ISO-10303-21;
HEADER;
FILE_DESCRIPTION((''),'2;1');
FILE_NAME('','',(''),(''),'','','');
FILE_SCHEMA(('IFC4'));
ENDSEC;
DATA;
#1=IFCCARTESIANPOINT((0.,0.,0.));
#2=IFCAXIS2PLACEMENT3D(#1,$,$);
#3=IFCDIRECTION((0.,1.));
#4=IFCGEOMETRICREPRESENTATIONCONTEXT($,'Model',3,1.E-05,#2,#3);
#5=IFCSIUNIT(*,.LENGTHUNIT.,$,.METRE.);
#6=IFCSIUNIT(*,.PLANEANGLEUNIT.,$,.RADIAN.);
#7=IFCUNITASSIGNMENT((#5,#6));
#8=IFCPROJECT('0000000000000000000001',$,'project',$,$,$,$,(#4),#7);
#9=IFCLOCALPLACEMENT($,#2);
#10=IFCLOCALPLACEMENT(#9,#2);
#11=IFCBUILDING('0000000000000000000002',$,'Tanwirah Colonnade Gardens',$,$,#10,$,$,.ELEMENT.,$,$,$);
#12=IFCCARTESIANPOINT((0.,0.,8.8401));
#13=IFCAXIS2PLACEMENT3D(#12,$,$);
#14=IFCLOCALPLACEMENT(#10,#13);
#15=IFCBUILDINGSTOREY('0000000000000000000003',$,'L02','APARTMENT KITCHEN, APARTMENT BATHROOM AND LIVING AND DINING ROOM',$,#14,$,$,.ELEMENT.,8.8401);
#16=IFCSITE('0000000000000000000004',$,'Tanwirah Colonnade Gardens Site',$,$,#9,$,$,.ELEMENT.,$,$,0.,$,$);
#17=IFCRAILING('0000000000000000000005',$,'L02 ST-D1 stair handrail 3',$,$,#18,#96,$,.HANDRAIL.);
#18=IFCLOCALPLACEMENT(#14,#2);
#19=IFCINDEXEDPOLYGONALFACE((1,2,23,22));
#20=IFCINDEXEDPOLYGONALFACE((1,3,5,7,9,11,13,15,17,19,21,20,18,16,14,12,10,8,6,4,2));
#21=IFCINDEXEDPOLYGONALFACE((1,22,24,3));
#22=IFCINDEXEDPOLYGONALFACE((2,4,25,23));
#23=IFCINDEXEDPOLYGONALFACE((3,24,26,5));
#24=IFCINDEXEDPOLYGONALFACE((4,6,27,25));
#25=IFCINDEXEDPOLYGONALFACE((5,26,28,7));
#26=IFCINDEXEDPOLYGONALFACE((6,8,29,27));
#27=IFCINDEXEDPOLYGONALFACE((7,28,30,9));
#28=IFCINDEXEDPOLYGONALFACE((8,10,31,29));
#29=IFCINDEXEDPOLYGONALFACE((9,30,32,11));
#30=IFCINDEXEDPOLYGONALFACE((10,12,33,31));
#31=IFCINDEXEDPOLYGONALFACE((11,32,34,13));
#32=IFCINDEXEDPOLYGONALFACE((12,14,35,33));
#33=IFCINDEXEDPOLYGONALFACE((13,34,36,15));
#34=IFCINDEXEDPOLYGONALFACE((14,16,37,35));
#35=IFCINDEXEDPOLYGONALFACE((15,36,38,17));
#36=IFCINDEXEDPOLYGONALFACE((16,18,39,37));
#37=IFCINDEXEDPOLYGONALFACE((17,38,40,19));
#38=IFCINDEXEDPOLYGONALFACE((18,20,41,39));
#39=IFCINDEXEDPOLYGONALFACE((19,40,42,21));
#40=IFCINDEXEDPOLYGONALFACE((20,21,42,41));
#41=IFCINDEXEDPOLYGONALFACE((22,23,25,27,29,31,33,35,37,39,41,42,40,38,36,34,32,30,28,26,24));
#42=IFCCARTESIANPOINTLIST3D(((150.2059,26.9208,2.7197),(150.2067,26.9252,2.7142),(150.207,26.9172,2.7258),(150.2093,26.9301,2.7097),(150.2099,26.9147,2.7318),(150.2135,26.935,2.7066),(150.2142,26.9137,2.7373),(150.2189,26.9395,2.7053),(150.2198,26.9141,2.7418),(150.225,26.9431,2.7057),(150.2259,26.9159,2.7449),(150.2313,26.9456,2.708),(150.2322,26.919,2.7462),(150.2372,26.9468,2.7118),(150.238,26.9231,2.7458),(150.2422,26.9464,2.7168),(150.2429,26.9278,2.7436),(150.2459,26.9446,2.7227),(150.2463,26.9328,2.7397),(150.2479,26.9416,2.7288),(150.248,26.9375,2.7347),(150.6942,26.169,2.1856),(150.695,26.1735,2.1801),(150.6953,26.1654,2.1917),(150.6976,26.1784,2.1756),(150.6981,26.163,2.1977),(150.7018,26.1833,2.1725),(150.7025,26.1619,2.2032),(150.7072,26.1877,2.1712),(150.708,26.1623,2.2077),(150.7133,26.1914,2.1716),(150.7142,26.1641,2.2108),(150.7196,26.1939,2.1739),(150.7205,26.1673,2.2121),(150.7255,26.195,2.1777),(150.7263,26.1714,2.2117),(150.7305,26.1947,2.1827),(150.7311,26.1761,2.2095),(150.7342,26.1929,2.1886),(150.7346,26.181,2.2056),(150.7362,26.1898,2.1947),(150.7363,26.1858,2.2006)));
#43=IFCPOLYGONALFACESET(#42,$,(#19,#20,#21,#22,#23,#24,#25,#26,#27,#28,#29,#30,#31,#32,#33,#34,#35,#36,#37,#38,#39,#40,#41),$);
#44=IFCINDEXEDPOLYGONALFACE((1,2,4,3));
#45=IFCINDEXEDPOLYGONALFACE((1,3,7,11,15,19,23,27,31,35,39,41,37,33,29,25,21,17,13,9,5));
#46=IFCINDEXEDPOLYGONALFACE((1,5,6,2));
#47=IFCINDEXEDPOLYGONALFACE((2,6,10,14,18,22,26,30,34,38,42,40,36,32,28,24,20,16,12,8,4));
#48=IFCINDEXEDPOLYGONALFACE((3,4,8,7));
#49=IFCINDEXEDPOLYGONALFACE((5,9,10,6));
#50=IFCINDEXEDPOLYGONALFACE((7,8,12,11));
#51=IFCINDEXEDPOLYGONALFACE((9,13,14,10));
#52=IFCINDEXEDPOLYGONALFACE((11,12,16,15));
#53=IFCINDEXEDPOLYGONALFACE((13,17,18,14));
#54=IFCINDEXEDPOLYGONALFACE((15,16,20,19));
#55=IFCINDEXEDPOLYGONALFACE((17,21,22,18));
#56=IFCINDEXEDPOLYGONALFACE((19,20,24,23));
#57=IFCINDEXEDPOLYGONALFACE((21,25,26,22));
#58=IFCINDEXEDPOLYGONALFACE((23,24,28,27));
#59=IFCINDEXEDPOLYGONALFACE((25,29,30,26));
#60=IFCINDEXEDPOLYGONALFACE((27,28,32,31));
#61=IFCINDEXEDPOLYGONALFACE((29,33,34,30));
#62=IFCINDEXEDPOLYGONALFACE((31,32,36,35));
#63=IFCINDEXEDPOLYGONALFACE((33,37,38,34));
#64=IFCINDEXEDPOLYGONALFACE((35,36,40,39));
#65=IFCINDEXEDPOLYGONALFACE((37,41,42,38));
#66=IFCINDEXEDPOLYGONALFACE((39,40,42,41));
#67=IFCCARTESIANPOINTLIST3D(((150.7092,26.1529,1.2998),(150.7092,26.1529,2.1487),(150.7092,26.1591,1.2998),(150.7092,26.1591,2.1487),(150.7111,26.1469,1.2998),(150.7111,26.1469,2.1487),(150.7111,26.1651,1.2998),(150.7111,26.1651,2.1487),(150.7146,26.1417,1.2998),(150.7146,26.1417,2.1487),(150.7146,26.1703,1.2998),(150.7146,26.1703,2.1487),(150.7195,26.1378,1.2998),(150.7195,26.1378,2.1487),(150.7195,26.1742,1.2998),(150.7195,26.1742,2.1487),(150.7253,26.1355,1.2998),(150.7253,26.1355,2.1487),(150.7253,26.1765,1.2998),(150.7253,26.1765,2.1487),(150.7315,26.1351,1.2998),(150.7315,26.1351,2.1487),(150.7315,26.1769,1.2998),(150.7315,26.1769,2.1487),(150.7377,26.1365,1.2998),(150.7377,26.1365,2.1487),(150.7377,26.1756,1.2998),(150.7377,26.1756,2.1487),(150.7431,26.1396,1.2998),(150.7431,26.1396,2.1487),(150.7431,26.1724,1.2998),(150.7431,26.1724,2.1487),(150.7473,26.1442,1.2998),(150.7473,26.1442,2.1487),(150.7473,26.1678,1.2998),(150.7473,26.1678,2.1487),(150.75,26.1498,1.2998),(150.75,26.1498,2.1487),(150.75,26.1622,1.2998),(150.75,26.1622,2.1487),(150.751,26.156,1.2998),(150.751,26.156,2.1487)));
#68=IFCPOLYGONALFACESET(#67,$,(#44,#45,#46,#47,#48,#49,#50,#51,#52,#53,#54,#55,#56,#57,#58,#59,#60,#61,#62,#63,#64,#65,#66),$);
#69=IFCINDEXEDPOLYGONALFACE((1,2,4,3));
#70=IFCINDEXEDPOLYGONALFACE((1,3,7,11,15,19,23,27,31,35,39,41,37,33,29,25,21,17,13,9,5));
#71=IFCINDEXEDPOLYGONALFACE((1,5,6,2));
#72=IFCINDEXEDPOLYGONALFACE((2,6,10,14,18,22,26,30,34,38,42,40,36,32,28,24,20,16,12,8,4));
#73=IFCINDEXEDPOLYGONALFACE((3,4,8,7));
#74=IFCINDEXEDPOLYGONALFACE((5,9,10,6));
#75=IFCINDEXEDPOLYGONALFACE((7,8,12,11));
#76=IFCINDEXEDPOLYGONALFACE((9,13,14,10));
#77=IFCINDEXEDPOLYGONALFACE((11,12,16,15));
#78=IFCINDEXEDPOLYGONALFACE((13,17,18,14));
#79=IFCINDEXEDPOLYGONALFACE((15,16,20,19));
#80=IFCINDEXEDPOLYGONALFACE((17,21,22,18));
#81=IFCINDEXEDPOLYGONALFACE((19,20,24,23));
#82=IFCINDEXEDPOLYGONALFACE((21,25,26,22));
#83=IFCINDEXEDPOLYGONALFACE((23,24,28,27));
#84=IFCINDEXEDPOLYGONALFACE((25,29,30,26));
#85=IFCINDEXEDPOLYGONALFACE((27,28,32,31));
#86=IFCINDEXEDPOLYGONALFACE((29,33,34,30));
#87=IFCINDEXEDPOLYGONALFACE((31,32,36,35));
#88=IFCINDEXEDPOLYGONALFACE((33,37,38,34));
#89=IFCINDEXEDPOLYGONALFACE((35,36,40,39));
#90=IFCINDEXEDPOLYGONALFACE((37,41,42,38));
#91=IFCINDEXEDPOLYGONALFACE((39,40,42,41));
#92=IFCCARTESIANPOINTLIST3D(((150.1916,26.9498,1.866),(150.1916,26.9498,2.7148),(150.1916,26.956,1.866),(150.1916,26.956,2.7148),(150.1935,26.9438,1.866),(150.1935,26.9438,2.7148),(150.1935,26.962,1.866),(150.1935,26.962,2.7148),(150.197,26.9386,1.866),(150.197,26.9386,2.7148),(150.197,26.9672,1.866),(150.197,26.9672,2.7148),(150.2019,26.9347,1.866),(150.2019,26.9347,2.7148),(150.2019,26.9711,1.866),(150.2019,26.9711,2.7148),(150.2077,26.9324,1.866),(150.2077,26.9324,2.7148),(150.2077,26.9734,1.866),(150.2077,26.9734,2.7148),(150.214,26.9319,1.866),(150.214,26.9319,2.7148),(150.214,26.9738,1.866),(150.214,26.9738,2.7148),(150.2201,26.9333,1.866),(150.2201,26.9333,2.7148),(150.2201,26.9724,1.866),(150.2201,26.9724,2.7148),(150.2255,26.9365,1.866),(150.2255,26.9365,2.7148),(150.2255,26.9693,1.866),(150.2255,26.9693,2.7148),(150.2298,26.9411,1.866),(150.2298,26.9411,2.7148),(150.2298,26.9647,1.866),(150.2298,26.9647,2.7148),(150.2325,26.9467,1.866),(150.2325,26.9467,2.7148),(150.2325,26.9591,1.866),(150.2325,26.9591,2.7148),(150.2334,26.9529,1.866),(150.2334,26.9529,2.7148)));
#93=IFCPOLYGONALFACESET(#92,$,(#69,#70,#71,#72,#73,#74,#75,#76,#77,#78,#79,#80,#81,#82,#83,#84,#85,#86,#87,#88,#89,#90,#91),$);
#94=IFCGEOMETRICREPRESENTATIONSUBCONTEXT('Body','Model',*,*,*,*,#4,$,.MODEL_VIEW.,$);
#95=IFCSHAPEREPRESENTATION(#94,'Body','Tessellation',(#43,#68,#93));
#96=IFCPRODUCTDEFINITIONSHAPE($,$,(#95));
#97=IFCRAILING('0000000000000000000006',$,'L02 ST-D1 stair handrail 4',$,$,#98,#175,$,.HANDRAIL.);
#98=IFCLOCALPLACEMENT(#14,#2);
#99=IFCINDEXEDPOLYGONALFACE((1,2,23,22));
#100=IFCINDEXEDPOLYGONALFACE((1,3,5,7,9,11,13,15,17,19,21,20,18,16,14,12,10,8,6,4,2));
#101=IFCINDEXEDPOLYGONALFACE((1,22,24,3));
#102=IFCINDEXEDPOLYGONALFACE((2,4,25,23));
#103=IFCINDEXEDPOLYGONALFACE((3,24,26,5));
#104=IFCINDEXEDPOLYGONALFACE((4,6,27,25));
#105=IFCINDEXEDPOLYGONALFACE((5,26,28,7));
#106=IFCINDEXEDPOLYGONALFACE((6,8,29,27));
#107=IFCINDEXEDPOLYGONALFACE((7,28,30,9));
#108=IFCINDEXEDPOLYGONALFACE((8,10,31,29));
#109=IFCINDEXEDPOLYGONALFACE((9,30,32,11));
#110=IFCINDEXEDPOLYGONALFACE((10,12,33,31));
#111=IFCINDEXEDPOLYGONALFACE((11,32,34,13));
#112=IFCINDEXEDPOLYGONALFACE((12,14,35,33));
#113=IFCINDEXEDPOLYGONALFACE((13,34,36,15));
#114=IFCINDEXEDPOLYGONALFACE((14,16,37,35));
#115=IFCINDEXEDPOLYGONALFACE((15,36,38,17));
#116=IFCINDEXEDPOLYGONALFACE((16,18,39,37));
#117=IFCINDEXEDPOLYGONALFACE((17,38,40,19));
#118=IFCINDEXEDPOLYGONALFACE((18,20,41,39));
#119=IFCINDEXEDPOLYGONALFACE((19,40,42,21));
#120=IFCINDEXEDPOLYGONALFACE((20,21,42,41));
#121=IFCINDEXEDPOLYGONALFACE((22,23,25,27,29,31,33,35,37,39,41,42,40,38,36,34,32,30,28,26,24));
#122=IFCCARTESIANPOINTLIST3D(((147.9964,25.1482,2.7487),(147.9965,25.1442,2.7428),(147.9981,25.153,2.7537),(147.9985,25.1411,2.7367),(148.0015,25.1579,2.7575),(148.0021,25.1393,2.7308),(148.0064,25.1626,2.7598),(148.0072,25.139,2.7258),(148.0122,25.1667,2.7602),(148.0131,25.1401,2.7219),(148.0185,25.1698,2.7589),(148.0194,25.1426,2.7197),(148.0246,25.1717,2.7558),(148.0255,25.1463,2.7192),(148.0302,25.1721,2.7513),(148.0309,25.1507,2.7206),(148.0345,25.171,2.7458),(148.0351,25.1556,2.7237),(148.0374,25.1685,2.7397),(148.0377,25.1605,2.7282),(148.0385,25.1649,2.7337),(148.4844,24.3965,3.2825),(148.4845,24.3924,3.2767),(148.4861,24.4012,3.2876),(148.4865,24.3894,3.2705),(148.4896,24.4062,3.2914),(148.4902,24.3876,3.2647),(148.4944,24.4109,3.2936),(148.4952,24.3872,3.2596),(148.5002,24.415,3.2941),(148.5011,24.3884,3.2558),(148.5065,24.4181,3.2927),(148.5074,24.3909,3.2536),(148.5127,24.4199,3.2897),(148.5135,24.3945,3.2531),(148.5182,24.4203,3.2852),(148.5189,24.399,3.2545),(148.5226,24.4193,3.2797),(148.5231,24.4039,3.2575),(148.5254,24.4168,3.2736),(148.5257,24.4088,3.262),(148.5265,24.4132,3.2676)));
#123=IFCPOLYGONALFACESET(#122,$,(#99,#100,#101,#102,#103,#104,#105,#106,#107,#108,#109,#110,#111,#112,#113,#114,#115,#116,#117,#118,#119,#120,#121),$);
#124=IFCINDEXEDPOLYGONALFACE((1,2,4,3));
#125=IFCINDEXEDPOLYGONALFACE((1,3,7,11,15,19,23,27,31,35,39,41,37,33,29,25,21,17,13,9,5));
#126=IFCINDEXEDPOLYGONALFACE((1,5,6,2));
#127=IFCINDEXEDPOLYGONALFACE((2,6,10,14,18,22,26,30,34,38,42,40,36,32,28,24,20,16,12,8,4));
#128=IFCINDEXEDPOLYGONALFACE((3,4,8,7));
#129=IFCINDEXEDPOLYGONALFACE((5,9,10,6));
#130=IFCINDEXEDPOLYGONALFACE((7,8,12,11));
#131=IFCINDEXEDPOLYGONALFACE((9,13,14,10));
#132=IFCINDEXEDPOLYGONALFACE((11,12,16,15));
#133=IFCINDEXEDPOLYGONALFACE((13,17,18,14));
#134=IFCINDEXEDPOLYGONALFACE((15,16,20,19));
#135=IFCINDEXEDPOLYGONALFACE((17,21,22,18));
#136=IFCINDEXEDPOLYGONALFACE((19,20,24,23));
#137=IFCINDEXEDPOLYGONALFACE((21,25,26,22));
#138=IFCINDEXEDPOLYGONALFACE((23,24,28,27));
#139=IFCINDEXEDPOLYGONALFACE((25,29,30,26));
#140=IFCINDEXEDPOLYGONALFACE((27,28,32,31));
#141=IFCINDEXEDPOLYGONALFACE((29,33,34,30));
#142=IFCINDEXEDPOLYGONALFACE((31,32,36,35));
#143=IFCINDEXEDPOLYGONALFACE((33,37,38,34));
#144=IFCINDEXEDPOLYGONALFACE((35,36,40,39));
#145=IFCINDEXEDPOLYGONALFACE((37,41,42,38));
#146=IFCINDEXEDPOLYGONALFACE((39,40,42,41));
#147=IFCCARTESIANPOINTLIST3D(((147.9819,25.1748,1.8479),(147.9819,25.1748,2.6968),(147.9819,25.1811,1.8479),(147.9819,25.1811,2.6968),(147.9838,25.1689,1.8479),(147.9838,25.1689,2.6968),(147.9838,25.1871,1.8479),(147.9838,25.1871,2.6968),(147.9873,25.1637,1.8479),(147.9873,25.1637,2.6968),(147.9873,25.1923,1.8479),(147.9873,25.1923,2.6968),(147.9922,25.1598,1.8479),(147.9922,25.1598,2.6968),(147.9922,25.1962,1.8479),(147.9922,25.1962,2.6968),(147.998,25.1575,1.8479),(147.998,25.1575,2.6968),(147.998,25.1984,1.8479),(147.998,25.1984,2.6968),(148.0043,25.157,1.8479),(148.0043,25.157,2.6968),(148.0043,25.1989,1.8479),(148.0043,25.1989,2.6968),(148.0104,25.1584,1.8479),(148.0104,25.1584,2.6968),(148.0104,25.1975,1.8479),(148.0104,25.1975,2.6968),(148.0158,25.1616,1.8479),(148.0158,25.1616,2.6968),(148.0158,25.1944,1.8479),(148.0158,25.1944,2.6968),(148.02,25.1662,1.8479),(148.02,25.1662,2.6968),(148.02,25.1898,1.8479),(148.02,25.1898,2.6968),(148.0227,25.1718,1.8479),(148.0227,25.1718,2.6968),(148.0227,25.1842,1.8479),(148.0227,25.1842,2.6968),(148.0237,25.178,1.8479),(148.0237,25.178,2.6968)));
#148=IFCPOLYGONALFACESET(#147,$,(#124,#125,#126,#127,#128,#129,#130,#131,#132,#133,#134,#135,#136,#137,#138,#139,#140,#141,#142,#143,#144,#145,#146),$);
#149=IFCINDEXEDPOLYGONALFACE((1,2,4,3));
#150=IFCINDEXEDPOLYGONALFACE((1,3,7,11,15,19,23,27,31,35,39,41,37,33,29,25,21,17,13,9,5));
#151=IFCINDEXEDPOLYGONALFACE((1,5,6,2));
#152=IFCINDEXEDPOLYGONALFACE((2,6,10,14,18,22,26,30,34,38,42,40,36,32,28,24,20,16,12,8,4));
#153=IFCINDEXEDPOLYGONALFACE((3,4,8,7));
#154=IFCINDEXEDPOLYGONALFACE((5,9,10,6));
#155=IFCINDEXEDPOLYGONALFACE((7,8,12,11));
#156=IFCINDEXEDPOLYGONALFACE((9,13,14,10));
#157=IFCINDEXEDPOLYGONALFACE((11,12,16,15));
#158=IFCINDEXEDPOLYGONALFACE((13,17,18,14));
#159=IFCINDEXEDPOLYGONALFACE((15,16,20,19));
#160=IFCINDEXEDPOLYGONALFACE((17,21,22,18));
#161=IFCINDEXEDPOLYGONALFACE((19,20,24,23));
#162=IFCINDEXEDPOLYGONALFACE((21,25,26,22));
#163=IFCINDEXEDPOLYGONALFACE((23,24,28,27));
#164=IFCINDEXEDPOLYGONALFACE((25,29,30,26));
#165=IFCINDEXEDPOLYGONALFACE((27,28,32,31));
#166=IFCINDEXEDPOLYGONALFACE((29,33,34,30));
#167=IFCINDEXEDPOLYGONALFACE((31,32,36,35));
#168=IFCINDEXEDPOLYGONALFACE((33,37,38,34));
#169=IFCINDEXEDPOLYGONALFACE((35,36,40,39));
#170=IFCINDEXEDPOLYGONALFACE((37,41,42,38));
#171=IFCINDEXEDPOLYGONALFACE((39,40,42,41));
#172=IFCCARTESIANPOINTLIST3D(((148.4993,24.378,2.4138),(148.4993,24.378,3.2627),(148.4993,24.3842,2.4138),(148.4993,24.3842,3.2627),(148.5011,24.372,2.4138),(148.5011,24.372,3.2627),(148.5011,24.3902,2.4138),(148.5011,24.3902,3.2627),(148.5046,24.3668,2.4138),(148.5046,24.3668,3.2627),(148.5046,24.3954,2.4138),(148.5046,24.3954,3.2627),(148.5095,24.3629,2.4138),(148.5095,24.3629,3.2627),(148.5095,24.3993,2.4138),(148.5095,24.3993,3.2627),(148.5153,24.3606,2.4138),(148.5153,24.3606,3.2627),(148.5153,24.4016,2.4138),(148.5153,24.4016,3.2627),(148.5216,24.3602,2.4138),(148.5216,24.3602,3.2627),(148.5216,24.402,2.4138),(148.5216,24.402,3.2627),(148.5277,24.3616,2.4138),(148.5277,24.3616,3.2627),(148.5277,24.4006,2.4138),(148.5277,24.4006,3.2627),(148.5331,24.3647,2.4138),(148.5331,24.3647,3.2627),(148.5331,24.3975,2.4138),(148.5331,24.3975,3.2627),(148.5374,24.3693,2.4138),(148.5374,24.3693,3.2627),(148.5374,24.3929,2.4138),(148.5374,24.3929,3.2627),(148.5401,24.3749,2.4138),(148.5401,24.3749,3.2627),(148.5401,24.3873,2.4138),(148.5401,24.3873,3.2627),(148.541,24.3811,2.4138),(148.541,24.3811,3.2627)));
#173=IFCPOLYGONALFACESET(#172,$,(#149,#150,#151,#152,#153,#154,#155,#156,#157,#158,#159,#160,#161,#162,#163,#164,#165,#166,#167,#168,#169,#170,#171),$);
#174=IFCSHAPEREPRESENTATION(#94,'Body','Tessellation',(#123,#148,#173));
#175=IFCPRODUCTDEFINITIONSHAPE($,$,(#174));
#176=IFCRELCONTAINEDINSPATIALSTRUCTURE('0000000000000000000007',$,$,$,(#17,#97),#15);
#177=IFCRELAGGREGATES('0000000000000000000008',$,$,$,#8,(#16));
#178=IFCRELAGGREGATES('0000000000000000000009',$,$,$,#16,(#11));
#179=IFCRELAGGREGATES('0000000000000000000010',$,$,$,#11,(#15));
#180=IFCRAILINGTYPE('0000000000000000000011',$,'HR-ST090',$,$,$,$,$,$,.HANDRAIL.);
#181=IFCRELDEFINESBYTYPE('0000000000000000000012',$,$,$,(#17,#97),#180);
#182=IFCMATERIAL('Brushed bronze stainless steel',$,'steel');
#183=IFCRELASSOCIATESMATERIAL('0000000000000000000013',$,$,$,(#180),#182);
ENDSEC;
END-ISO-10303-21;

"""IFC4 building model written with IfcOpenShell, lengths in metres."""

from ifc_helpers import new_model, si_unit, direction, frame, origin, origin_2d, place, context, subcontext, project, spatial, circle, extrude, material, type_object, element, save


model = new_model("IFC4")

# Units and contexts
model_context = context("Model", 3, precision=1e-05, world=origin(), true_north=direction((0.0, 1.0)))
body_context = subcontext(model_context, "Body", "Model", "MODEL_VIEW")
ifc_project = project(units=[si_unit("LENGTHUNIT", "METRE"), si_unit("PLANEANGLEUNIT", "RADIAN")], contexts=[model_context])

# Site, building, storey
site_placement = place(None, origin())
site = spatial("IfcSite", under=ifc_project, at=site_placement, Name="Tanwirah Colonnade Gardens Site", CompositionType="ELEMENT", RefElevation=0.0)
building_placement = place(site_placement, origin())
building = spatial("IfcBuilding", under=site, at=building_placement, Name="Tanwirah Colonnade Gardens", CompositionType="ELEMENT")
storey_placement = place(building_placement, frame((0.0, 0.0, 8.8401)))
storey = spatial("IfcBuildingStorey", under=building, at=storey_placement, Name="L02", Description="APARTMENT KITCHEN, APARTMENT BATHROOM AND LIVING AND DINING ROOM", CompositionType="ELEMENT", Elevation=8.8401)

# Railings
ifc_material_1 = material(Name="Brushed bronze stainless steel", Category="steel")
railing_type_1 = type_object("IfcRailingType", Name="HR-ST090", PredefinedType="HANDRAIL", material=ifc_material_1)
railing_1_placement = place(storey_placement, frame((150.73, 26.156, 1.2998)))
element("IfcRailing", 1, at=railing_1_placement, inside=storey, type_object=railing_type_1, Name="L02 ST-D1 stair handrail 3", PredefinedType="HANDRAIL", context=body_context, shape_type="SweptSolid", body=[
    extrude(circle(Radius=0.0239, at=origin_2d()), frame((-0.0146, 0.0225, 0.8918), z_axis=(-0.467935, 0.720443, 0.511859), x_axis=(-0.838631, -0.544699, 0.0)), (0.0, 0.0, 1.0), 1.0435),
    extrude(circle(Radius=0.021, at=origin_2d()), origin(), (0.0, 0.0, 1.0), 0.8489),
    extrude(circle(Radius=0.021, at=origin_2d()), frame((-0.5176, 0.7969, 0.5662)), (0.0, 0.0, 1.0), 0.8489),
])
railing_2_placement = place(storey_placement, frame((148.0027, 25.178, 1.8479)))
element("IfcRailing", 2, at=railing_2_placement, inside=storey, type_object=railing_type_1, Name="L02 ST-D1 stair handrail 4", PredefinedType="HANDRAIL", context=body_context, shape_type="SweptSolid", body=[
    extrude(circle(Radius=0.0239, at=origin_2d()), frame((0.0146, -0.0225, 0.8918), z_axis=(0.467815, -0.720599, 0.511749), x_axis=(0.838749, 0.544519, 0.0)), (0.0, 0.0, 1.0), 1.0432),
    extrude(circle(Radius=0.021, at=origin_2d()), origin(), (0.0, 0.0, 1.0), 0.8489),
    extrude(circle(Radius=0.021, at=origin_2d()), frame((0.5173, -0.7969, 0.5659)), (0.0, 0.0, 1.0), 0.8489),
])

save(model, "model.ifc")
